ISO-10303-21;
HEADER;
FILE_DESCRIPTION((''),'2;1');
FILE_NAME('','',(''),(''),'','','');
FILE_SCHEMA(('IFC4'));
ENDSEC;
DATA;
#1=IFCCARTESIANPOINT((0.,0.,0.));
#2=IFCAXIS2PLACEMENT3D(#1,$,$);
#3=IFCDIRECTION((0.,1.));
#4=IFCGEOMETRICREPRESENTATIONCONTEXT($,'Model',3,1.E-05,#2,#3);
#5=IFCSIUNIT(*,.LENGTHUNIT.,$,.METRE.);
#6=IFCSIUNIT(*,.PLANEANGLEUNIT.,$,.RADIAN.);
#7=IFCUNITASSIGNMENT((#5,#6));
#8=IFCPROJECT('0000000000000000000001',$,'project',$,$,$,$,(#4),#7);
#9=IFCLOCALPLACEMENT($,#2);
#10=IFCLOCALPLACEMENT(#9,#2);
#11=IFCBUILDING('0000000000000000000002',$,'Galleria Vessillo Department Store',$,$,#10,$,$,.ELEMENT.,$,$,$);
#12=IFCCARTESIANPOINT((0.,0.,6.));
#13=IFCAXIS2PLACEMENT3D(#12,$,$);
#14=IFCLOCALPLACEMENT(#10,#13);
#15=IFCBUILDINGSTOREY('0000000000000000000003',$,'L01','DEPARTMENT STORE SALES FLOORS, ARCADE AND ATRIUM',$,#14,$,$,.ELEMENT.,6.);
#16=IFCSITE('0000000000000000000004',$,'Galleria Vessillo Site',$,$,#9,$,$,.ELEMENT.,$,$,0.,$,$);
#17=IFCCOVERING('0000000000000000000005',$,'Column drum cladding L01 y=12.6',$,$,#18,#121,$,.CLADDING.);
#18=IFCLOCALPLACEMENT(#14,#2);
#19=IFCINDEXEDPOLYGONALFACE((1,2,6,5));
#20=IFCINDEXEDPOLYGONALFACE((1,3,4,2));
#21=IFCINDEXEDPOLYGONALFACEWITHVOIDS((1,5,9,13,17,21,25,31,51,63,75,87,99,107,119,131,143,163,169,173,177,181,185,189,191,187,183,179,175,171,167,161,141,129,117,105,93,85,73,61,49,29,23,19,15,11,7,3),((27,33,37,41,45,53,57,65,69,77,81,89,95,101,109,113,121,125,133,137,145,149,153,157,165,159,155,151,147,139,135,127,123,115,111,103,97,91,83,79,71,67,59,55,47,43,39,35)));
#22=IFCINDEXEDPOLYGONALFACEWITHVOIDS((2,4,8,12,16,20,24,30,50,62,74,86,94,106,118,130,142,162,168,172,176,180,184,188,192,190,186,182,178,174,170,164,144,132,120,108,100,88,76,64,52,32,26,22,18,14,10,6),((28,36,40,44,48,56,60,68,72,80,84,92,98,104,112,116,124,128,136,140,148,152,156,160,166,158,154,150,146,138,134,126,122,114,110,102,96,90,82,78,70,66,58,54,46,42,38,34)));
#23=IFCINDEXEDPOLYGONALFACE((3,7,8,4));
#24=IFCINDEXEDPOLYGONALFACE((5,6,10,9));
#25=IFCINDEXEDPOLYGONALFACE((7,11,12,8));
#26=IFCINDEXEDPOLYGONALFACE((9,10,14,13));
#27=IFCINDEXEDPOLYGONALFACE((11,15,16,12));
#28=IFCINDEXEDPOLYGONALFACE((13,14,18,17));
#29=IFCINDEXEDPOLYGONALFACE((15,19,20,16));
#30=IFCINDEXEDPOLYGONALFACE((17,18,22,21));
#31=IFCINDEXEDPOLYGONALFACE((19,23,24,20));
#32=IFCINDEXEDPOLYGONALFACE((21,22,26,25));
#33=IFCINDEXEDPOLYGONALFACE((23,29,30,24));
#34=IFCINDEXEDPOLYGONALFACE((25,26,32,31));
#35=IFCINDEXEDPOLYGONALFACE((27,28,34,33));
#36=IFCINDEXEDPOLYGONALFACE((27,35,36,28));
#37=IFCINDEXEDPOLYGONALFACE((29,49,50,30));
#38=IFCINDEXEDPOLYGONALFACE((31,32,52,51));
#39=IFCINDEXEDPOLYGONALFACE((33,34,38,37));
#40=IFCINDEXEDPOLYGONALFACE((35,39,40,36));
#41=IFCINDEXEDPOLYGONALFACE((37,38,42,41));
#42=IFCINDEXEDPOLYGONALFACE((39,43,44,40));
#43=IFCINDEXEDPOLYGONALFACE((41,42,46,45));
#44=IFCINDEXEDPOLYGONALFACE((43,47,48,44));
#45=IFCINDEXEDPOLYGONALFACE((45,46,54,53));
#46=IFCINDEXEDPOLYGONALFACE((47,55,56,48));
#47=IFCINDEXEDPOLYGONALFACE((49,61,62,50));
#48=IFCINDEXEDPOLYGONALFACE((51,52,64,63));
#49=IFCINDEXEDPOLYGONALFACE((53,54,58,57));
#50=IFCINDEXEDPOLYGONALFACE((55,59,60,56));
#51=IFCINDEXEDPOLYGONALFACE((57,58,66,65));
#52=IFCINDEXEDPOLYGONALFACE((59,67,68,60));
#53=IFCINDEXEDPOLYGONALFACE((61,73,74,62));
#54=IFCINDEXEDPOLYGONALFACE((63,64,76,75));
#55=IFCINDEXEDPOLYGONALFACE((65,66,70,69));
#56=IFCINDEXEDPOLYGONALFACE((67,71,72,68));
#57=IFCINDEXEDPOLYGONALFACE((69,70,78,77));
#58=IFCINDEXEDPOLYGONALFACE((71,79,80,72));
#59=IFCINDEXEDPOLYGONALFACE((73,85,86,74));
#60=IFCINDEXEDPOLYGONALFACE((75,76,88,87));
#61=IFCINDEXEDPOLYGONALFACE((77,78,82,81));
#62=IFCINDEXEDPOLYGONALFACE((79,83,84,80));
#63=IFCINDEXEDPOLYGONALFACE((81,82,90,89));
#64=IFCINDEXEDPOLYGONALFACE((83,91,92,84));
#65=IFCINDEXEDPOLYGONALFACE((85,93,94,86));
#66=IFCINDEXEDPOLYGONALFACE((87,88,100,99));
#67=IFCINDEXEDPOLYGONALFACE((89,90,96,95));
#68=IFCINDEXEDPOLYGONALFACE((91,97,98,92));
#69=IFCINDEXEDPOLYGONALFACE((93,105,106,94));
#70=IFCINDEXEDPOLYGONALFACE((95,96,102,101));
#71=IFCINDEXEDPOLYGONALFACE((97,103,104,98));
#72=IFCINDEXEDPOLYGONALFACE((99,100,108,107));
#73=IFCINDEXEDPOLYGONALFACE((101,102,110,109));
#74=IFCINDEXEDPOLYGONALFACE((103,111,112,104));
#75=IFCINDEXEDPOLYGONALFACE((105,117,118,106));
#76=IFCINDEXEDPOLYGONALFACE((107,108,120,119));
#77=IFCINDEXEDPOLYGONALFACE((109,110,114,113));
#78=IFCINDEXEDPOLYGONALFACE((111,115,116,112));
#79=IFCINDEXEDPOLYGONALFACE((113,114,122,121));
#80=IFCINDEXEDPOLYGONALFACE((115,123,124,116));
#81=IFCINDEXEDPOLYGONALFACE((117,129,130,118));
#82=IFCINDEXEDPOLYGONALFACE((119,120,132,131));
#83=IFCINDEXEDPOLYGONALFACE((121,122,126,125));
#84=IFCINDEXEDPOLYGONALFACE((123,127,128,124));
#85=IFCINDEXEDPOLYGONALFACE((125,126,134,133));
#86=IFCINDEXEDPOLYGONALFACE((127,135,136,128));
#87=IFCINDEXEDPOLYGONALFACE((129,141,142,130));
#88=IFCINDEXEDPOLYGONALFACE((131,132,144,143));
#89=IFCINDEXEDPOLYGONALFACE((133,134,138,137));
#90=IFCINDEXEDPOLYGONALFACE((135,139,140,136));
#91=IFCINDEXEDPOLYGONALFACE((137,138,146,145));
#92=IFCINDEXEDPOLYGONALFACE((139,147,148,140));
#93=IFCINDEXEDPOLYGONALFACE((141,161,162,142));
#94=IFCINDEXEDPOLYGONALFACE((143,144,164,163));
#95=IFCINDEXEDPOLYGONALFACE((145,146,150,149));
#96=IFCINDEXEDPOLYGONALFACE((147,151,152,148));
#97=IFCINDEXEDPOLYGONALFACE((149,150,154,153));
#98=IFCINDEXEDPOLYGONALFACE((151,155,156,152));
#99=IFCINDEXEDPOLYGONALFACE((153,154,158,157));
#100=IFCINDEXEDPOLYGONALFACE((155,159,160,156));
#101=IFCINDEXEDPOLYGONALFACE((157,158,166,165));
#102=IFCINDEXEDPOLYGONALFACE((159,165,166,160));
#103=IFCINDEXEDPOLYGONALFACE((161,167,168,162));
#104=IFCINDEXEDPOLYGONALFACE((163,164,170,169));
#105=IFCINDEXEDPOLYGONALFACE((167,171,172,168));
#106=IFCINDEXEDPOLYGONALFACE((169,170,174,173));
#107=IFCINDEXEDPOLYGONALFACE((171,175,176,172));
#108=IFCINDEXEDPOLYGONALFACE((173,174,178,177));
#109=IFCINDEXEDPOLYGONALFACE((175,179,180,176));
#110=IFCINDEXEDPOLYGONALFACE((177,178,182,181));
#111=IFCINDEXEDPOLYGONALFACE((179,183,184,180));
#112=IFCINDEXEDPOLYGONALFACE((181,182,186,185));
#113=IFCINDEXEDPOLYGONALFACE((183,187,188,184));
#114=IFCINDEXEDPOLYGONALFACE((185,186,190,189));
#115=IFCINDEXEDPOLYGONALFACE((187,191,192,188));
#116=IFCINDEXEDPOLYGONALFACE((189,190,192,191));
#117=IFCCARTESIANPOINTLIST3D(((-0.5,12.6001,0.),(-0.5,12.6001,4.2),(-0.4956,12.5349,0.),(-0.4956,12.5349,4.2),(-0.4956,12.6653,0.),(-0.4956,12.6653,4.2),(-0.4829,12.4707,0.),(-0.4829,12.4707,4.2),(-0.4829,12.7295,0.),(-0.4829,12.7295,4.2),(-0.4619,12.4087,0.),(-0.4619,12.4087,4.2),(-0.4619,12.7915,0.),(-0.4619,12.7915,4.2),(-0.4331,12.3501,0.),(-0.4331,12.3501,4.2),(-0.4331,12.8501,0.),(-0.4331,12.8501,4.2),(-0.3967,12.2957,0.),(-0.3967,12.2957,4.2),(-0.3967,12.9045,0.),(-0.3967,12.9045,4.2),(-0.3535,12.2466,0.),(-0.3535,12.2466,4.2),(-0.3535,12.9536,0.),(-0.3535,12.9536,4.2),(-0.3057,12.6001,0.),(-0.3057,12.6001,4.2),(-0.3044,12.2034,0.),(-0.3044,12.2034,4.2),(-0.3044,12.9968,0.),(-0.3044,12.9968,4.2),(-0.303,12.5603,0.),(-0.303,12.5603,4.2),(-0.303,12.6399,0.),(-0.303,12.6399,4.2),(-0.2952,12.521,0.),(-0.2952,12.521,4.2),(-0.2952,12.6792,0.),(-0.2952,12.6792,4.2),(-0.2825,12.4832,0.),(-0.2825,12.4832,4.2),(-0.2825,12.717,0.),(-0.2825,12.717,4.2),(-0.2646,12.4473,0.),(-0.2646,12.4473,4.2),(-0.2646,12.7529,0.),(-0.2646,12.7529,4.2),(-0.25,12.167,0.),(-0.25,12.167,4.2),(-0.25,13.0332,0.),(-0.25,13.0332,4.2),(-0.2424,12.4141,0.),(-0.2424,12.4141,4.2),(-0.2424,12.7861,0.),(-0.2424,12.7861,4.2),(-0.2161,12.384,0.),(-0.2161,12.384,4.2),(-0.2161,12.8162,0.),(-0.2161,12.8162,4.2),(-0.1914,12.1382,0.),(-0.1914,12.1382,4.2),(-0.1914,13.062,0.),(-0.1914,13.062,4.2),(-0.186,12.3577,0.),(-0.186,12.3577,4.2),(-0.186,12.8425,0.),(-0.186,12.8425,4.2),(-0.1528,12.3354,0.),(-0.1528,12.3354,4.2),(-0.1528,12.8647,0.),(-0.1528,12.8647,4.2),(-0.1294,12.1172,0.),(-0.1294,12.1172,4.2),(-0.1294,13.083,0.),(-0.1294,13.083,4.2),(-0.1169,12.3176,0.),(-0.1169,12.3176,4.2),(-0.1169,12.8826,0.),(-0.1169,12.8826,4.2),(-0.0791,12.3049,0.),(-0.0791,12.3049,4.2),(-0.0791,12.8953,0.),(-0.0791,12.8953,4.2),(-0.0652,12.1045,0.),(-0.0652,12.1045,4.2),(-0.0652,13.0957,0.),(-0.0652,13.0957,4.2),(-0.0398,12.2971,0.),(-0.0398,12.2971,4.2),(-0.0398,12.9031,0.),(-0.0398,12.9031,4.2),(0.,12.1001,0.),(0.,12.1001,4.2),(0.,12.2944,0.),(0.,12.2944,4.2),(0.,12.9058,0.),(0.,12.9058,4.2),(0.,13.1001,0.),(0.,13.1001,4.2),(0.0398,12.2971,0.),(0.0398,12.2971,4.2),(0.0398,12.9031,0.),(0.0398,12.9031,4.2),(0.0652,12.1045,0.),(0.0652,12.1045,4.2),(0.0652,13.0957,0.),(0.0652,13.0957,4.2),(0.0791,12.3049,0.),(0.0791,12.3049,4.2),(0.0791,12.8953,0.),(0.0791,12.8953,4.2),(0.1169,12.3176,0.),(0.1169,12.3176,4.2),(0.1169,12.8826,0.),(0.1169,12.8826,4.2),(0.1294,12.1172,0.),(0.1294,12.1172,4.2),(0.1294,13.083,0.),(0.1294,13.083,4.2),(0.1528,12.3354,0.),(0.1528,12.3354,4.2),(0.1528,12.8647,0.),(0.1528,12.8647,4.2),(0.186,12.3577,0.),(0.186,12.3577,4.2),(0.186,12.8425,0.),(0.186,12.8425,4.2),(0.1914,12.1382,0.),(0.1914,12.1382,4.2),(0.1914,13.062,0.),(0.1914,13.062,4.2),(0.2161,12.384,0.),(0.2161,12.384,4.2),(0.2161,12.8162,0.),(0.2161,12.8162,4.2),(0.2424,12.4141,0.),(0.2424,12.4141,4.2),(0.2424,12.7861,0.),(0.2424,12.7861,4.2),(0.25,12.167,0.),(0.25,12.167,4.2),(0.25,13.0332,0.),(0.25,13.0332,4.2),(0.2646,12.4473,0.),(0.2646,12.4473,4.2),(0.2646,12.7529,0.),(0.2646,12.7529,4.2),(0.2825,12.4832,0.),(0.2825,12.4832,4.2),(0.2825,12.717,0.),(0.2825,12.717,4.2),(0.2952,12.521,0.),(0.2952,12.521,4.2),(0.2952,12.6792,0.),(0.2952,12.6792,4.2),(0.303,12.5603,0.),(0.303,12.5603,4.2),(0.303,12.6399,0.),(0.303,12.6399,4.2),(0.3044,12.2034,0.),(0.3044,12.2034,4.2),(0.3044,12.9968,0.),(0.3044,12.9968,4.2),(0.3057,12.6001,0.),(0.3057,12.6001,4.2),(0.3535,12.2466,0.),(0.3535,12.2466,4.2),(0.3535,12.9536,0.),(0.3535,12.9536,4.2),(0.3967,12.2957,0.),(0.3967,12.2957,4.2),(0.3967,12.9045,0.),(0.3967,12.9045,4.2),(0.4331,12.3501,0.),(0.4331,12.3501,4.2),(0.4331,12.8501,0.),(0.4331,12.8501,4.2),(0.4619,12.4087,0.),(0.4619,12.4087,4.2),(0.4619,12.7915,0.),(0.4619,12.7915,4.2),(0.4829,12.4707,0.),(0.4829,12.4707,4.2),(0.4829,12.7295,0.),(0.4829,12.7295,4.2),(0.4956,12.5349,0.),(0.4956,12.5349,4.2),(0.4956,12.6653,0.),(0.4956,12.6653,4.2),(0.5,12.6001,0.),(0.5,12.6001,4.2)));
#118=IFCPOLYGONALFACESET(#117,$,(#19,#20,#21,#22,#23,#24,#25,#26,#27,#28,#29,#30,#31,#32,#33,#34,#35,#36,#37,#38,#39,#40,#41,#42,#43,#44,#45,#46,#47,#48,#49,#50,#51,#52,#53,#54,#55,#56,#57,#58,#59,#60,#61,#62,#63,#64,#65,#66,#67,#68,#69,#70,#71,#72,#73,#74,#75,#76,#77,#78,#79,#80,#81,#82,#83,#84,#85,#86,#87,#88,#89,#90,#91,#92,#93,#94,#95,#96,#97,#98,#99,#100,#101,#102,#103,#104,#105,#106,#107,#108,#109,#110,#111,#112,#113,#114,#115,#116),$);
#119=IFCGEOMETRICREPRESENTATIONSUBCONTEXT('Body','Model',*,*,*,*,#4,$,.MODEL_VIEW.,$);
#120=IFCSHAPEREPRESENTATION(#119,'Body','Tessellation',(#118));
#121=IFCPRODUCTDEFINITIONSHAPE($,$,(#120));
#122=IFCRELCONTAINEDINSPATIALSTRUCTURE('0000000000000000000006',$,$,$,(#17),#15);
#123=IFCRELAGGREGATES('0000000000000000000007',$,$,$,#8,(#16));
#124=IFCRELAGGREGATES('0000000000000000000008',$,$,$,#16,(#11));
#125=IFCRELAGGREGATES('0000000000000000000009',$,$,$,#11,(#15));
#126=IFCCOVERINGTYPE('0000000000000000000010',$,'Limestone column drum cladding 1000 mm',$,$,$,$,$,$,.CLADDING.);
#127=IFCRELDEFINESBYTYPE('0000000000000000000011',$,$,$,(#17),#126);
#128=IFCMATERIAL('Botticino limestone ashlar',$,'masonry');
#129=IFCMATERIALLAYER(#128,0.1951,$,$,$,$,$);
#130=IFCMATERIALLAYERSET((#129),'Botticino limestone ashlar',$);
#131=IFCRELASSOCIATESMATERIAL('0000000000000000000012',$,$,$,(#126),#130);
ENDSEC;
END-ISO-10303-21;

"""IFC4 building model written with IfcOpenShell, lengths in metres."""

from ifc_helpers import new_model, si_unit, direction, frame, origin, place, context, subcontext, project, spatial, polyline, outline, extrude, material, layer, layer_set, type_object, element, save


model = new_model("IFC4")

# Units and contexts
model_context = context("Model", 3, precision=1e-05, world=origin(), true_north=direction((0.0, 1.0)))
body_context = subcontext(model_context, "Body", "Model", "MODEL_VIEW")
ifc_project = project(units=[si_unit("LENGTHUNIT", "METRE"), si_unit("PLANEANGLEUNIT", "RADIAN")], contexts=[model_context])

# Site, building, storey
site_placement = place(None, origin())
site = spatial("IfcSite", under=ifc_project, at=site_placement, Name="Galleria Vessillo Site", CompositionType="ELEMENT", RefElevation=0.0)
building_placement = place(site_placement, origin())
building = spatial("IfcBuilding", under=site, at=building_placement, Name="Galleria Vessillo Department Store", CompositionType="ELEMENT")
storey_placement = place(building_placement, frame((0.0, 0.0, 6.0)))
storey = spatial("IfcBuildingStorey", under=building, at=storey_placement, Name="L01", Description="DEPARTMENT STORE SALES FLOORS, ARCADE AND ATRIUM", CompositionType="ELEMENT", Elevation=6.0)

# Covering
ifc_material_1 = material(Name="Botticino limestone ashlar", Category="masonry")
ifc_layer_1 = layer(ifc_material_1, 0.1951)
ifc_layer_set_1 = layer_set([ifc_layer_1], Name="Botticino limestone ashlar")
covering_type = type_object("IfcCoveringType", Name="Limestone column drum cladding 1000 mm", PredefinedType="CLADDING", material=ifc_layer_set_1)
covering_1_placement = place(storey_placement, origin())
element("IfcCovering", 1, at=covering_1_placement, inside=storey, type_object=covering_type, Name="Column drum cladding L01 y=12.6", PredefinedType="CLADDING", context=body_context, shape_type="SweptSolid", body=[
    extrude(outline(polyline([(0.5, 12.6001), (0.4956, 12.6653), (0.4829, 12.7295), (0.4619, 12.7915), (0.4331, 12.8501), (0.3967, 12.9045), (0.3535, 12.9536), (0.3044, 12.9968), (0.25, 13.0332), (0.1914, 13.062), (0.1294, 13.083), (0.0652, 13.0957), (0.0, 13.1001), (-0.0652, 13.0957), (-0.1294, 13.083), (-0.1914, 13.062), (-0.25, 13.0332), (-0.3044, 12.9968), (-0.3535, 12.9536), (-0.3967, 12.9045), (-0.4331, 12.8501), (-0.4619, 12.7915), (-0.4829, 12.7295), (-0.4956, 12.6653), (-0.5, 12.6001), (-0.4956, 12.5349), (-0.4829, 12.4707), (-0.4619, 12.4087), (-0.4331, 12.3501), (-0.3967, 12.2957), (-0.3535, 12.2466), (-0.3044, 12.2034), (-0.25, 12.167), (-0.1914, 12.1382), (-0.1294, 12.1172), (-0.0652, 12.1045), (0.0, 12.1001), (0.0652, 12.1045), (0.1294, 12.1172), (0.1914, 12.1382), (0.25, 12.167), (0.3044, 12.2034), (0.3535, 12.2466), (0.3967, 12.2957), (0.4331, 12.3501), (0.4619, 12.4087), (0.4829, 12.4707), (0.4956, 12.5349), (0.5, 12.6001)]), holes=[polyline([(0.3057, 12.6001), (0.303, 12.6399), (0.2952, 12.6792), (0.2825, 12.717), (0.2646, 12.7529), (0.2424, 12.7861), (0.2161, 12.8162), (0.186, 12.8425), (0.1528, 12.8647), (0.1169, 12.8826), (0.0791, 12.8953), (0.0398, 12.9031), (0.0, 12.9058), (-0.0398, 12.9031), (-0.0791, 12.8953), (-0.1169, 12.8826), (-0.1528, 12.8647), (-0.186, 12.8425), (-0.2161, 12.8162), (-0.2424, 12.7861), (-0.2646, 12.7529), (-0.2825, 12.717), (-0.2952, 12.6792), (-0.303, 12.6399), (-0.3057, 12.6001), (-0.303, 12.5603), (-0.2952, 12.521), (-0.2825, 12.4832), (-0.2646, 12.4473), (-0.2424, 12.4141), (-0.2161, 12.384), (-0.186, 12.3577), (-0.1528, 12.3354), (-0.1169, 12.3176), (-0.0791, 12.3049), (-0.0398, 12.2971), (0.0, 12.2944), (0.0398, 12.2971), (0.0791, 12.3049), (0.1169, 12.3176), (0.1528, 12.3354), (0.186, 12.3577), (0.2161, 12.384), (0.2424, 12.4141), (0.2646, 12.4473), (0.2825, 12.4832), (0.2952, 12.521), (0.303, 12.5603), (0.3057, 12.6001)])]), origin(), (0.0, 0.0, 1.0), 4.2),
])

save(model, "model.ifc")
